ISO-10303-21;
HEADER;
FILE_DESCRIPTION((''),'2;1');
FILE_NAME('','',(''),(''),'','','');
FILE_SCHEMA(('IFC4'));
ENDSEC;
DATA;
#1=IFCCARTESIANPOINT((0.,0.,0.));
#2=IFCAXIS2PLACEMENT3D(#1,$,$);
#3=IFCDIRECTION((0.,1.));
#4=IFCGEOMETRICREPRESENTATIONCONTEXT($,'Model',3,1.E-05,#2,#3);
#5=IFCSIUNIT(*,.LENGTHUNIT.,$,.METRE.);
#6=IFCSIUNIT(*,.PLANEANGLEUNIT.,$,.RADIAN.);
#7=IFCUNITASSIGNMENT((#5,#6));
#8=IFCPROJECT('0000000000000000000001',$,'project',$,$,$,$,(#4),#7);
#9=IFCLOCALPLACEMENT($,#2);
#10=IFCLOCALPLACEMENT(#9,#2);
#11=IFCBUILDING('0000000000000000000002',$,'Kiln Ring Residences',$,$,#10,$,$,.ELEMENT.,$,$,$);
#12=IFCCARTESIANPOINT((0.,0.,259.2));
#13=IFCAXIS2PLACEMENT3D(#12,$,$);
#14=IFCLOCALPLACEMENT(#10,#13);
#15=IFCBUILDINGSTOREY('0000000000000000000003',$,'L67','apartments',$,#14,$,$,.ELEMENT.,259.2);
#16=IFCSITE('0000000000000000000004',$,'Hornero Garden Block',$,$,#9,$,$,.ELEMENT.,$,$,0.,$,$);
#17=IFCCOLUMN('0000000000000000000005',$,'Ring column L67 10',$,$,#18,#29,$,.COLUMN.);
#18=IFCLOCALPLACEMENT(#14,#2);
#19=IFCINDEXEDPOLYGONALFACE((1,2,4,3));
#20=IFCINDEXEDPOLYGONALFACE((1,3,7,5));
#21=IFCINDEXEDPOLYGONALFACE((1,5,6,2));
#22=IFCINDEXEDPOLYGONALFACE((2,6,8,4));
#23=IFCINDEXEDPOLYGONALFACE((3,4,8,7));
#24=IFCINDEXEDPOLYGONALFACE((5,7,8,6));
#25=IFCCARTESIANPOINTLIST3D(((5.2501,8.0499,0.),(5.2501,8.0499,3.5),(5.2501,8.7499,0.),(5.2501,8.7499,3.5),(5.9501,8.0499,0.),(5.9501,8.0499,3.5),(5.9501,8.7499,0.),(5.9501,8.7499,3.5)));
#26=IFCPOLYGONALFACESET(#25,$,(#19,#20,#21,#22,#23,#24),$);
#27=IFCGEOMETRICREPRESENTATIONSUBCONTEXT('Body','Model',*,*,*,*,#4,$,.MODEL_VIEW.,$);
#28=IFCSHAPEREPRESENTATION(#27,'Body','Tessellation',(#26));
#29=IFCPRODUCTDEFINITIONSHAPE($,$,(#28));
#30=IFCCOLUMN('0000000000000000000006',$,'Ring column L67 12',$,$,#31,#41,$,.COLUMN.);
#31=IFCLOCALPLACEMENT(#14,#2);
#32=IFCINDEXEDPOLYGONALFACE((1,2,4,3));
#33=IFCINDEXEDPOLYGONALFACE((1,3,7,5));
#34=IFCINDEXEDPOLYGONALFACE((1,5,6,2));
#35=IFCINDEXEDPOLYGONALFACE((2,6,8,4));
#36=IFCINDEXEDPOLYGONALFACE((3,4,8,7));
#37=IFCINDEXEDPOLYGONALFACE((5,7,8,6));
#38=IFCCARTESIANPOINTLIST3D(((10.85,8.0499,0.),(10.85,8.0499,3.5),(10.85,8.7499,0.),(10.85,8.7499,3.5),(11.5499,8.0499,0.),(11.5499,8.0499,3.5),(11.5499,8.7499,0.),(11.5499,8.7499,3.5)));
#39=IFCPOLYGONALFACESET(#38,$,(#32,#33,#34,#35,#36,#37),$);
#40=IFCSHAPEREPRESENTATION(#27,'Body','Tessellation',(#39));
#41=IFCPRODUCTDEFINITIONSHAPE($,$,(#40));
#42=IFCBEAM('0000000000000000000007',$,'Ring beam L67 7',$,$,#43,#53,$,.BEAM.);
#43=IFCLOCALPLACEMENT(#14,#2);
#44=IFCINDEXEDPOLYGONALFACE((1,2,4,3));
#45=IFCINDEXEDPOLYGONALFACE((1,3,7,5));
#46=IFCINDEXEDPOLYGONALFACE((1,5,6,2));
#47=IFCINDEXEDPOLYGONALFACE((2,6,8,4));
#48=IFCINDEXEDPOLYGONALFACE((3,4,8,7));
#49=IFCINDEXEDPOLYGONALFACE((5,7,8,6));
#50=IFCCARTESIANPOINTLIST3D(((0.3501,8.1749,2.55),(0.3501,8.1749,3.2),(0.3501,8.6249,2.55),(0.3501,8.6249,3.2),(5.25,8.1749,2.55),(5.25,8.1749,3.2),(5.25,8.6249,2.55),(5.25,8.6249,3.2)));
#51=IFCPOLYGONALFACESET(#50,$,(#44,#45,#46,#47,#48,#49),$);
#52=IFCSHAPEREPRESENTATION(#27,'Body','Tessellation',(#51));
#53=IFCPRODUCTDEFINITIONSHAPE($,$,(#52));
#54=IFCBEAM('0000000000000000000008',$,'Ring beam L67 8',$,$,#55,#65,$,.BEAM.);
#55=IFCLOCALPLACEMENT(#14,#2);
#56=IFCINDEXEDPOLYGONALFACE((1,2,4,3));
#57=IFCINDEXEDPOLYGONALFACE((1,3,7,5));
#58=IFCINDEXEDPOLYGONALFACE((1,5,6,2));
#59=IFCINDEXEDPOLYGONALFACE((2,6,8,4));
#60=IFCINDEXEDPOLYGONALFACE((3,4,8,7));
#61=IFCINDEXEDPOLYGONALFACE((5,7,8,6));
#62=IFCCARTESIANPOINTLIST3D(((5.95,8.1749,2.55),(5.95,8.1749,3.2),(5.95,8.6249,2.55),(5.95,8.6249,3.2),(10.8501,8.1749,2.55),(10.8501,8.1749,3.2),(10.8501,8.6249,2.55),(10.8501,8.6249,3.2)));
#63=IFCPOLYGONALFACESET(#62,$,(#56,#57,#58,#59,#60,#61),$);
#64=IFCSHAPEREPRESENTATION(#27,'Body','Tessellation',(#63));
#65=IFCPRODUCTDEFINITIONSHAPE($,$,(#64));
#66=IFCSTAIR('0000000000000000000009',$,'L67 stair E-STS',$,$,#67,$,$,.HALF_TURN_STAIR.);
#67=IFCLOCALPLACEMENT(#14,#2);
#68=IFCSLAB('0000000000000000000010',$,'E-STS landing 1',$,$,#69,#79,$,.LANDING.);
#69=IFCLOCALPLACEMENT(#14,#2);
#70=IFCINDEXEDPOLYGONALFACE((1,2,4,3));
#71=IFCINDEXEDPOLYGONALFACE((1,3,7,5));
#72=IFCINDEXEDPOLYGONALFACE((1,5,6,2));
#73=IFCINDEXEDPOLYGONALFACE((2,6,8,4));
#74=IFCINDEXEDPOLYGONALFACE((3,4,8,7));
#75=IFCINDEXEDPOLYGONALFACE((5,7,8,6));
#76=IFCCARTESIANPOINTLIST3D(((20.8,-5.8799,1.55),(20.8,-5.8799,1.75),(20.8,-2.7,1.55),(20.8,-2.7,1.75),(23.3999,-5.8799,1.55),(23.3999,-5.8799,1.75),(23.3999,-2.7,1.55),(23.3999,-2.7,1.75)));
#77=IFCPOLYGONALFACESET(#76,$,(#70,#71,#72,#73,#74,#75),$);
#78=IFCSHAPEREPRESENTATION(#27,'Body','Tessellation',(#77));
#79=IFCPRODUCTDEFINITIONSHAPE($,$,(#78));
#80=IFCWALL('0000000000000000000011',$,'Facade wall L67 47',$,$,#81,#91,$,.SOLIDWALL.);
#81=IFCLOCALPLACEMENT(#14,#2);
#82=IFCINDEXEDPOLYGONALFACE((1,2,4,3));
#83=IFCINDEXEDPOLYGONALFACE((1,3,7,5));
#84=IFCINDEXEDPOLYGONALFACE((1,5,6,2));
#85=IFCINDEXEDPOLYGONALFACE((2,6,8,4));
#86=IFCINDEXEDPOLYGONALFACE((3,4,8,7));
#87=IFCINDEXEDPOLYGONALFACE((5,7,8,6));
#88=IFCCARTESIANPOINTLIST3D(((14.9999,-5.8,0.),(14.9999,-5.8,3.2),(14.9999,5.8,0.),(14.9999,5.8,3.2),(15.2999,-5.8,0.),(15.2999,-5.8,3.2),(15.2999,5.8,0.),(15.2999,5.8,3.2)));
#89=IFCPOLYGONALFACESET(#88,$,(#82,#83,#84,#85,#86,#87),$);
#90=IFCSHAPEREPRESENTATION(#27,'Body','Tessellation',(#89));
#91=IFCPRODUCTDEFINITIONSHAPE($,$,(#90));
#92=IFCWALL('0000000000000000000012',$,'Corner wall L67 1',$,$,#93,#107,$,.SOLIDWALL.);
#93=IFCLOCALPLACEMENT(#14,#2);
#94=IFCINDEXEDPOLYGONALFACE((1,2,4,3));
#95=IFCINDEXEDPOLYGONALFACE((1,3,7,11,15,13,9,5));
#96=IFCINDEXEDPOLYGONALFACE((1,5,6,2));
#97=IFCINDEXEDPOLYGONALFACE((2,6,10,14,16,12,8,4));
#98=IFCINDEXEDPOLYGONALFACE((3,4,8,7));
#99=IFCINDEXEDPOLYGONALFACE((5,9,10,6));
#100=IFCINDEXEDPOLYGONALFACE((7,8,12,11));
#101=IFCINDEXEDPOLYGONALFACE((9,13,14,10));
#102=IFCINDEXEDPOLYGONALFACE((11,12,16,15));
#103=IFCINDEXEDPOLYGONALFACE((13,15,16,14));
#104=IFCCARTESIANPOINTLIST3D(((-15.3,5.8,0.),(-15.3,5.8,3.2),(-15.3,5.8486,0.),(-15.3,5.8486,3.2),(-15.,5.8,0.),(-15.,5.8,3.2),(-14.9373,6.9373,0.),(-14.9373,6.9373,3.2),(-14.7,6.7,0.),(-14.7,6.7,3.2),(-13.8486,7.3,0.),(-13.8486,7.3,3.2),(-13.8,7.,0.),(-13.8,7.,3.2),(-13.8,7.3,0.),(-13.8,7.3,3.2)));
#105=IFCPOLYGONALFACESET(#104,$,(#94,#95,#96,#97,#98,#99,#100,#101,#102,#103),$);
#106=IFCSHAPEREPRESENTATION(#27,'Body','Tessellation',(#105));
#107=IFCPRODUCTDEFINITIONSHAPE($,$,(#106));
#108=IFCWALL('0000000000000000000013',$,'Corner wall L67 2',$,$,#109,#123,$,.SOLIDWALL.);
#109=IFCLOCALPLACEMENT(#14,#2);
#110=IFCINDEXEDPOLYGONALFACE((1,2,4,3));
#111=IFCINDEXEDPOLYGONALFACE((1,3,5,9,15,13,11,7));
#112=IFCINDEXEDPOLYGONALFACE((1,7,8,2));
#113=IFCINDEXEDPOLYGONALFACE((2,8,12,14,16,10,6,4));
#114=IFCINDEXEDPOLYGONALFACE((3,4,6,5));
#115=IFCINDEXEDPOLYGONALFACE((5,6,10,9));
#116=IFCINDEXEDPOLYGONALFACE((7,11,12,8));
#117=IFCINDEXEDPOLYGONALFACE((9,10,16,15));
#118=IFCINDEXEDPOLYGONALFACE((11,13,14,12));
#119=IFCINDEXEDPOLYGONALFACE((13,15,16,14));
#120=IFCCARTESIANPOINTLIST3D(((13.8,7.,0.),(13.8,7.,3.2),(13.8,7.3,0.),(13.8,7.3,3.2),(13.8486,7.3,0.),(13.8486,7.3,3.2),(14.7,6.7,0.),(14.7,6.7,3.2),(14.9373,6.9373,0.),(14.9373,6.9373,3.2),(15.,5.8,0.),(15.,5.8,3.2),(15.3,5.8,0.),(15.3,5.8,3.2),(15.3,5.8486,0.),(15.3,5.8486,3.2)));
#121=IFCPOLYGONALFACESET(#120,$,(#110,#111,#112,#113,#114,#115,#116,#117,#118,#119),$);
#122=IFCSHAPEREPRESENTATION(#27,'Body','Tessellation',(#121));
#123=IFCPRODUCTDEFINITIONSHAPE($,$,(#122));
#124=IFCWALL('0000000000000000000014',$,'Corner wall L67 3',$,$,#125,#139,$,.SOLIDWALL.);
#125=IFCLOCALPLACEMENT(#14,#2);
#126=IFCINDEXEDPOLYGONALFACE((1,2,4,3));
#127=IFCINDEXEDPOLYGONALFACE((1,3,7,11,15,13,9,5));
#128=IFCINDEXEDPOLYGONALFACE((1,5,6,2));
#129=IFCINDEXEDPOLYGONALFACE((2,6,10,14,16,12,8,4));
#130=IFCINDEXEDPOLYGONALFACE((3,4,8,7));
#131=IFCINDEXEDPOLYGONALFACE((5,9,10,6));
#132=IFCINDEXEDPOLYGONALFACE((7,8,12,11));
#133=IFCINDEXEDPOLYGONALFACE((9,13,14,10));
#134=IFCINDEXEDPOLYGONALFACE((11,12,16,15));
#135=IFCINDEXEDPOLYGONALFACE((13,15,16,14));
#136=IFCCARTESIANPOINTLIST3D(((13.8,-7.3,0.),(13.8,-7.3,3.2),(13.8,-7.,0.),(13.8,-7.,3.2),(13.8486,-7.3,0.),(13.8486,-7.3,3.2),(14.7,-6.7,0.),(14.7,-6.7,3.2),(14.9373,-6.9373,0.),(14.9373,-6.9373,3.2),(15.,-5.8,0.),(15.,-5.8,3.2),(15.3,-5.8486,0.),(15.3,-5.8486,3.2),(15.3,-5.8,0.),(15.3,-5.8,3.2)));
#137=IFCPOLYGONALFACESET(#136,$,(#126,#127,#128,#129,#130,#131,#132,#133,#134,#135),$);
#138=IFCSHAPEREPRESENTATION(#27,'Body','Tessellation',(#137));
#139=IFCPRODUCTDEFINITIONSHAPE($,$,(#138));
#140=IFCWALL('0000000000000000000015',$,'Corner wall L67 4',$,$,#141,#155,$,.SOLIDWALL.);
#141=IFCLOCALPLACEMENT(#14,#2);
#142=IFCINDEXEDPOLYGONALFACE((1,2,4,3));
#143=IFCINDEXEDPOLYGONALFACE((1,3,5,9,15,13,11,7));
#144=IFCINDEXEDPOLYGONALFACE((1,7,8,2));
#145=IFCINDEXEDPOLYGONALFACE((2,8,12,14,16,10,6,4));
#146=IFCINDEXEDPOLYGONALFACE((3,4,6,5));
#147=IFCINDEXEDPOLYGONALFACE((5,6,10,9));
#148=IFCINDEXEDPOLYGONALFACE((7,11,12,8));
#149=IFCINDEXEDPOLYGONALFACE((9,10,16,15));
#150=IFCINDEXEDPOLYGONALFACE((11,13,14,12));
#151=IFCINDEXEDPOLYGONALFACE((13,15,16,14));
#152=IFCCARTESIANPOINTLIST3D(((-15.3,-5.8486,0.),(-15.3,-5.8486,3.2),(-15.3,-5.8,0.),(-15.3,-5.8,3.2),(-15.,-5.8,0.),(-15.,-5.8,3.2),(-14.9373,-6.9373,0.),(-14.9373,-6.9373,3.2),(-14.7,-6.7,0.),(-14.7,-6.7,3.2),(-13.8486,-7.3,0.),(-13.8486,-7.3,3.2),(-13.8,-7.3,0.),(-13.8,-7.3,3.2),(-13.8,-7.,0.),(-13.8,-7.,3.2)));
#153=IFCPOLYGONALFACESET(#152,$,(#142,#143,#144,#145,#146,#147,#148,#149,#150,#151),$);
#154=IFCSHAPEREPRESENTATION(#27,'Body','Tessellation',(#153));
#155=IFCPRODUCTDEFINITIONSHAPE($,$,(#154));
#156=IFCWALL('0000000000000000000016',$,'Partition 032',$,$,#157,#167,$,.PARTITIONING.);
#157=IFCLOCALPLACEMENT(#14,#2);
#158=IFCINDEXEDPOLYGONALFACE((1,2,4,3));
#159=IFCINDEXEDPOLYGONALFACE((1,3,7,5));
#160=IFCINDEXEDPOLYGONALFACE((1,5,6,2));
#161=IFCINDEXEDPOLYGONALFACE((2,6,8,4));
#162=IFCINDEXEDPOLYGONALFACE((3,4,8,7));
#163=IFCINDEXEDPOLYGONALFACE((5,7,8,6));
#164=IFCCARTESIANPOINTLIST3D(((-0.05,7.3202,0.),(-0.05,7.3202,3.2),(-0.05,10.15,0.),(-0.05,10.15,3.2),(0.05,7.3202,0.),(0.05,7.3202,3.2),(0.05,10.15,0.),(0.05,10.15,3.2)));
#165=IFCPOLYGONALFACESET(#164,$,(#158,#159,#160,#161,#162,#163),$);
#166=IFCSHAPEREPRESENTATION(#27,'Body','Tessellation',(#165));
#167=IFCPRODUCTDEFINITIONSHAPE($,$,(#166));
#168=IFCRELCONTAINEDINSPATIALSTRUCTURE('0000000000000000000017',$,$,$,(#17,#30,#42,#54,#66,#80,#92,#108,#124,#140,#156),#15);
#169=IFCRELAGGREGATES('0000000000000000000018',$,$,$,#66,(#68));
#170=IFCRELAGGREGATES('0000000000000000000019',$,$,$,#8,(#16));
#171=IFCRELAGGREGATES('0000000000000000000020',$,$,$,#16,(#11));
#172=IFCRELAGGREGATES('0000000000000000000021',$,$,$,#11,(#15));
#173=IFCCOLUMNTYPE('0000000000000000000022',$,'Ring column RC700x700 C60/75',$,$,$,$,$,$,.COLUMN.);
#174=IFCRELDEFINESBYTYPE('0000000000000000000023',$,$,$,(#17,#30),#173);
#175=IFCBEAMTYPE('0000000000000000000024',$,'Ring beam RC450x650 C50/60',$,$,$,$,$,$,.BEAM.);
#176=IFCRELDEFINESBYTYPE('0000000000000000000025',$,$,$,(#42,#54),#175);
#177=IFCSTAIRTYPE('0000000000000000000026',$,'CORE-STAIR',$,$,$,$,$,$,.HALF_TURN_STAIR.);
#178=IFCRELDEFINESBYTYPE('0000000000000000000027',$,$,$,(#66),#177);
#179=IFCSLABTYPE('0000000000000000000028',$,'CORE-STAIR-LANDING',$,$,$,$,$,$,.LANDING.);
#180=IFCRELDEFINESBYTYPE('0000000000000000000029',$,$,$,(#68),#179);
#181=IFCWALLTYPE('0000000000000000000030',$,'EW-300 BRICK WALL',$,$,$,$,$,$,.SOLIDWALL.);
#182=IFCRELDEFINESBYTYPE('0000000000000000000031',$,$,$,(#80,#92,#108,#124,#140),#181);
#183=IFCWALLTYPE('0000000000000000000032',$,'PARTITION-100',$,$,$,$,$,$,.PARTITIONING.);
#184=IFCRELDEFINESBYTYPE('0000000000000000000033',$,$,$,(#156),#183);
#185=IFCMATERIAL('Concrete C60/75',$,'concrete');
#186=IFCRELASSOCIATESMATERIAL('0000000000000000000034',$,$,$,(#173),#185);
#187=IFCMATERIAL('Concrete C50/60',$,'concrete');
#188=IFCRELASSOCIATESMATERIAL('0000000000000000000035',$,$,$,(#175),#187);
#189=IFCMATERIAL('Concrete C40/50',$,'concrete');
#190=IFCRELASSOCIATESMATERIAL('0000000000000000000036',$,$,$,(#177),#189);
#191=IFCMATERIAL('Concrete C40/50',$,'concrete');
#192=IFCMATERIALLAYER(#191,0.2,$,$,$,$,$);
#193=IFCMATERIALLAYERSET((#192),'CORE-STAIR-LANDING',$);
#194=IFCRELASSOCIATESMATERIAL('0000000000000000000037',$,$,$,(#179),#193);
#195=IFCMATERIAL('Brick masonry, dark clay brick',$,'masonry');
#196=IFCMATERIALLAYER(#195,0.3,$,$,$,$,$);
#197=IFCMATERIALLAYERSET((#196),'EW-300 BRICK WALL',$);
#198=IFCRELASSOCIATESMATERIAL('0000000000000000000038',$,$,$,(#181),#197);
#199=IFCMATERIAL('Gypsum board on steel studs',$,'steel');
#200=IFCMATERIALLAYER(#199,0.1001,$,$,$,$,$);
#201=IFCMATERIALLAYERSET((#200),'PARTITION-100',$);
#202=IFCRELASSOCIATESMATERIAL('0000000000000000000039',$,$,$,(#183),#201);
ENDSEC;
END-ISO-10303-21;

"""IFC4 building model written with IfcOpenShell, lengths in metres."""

from ifc_helpers import new_model, si_unit, direction, frame, frame_2d, origin, origin_2d, place, context, subcontext, project, spatial, polyline, rectangle, outline, extrude, material, layer, layer_set, material_profile, profile_set, type_object, element, aggregate, save


model = new_model("IFC4")

# Units and contexts
model_context = context("Model", 3, precision=1e-05, world=origin(), true_north=direction((0.0, 1.0)))
body_context = subcontext(model_context, "Body", "Model", "MODEL_VIEW")
ifc_project = project(units=[si_unit("LENGTHUNIT", "METRE"), si_unit("PLANEANGLEUNIT", "RADIAN")], contexts=[model_context])

# Site, building, storey
site_placement = place(None, origin())
site = spatial("IfcSite", under=ifc_project, at=site_placement, Name="Hornero Garden Block", CompositionType="ELEMENT", RefElevation=0.0)
building_placement = place(site_placement, origin())
building = spatial("IfcBuilding", under=site, at=building_placement, Name="Kiln Ring Residences", CompositionType="ELEMENT")
storey_placement = place(building_placement, frame((0.0, 0.0, 259.2)))
storey = spatial("IfcBuildingStorey", under=building, at=storey_placement, Name="L67", Description="apartments", CompositionType="ELEMENT", Elevation=259.2)

# Columns
ifc_material_1 = material(Name="Concrete C60/75", Category="concrete")
ifc_material_profile_1 = material_profile(ifc_material_1, rectangle(XDim=0.7, YDim=0.7, at=origin_2d()), Name="RC700x700")
ifc_profile_set_1 = profile_set([ifc_material_profile_1], Name="Concrete C60/75")
column_type = type_object("IfcColumnType", Name="Ring column RC700x700 C60/75", PredefinedType="COLUMN", material=ifc_profile_set_1)
for number, where, z_axis, x_axis, name in (
    (1, (5.6001, 8.3999, 0.0), (0.0, 0.0, 1.0), (1.0, 0.0, 0.0), "Ring column L67 10"),
    (2, (11.2, 8.3999, 0.0), (0.0, 0.0, 1.0), (1.0, 0.0, 0.0), "Ring column L67 12"),
):
    element("IfcColumn", number, at=place(storey_placement, frame(where, z_axis=z_axis, x_axis=x_axis)), inside=storey, type_object=column_type, Name=name, PredefinedType="COLUMN", context=body_context, shape_type="SweptSolid", body=[
        extrude(rectangle(XDim=0.7, YDim=0.7, at=origin_2d()), origin(), (0.0, 0.0, 1.0), 3.5),
    ])

# Beams
ifc_material_2 = material(Name="Concrete C50/60", Category="concrete")
ifc_material_profile_2 = material_profile(ifc_material_2, rectangle(XDim=0.45, YDim=0.6499, at=origin_2d()), Name="RC450x650")
ifc_profile_set_2 = profile_set([ifc_material_profile_2], Name="Concrete C50/60")
beam_type = type_object("IfcBeamType", Name="Ring beam RC450x650 C50/60", PredefinedType="BEAM", material=ifc_profile_set_2)
beam_1_placement = place(storey_placement, frame((0.3501, 8.3999, 2.875), z_axis=(1.0, 0.0, 0.0), x_axis=(0.0, 1.0, 0.0)))
element("IfcBeam", 3, at=beam_1_placement, inside=storey, type_object=beam_type, Name="Ring beam L67 7", PredefinedType="BEAM", context=body_context, shape_type="SweptSolid", body=[
    extrude(rectangle(XDim=0.45, YDim=0.6499, at=origin_2d()), origin(), (0.0, 0.0, 1.0), 4.8999),
])
beam_2_placement = place(storey_placement, frame((5.95, 8.3999, 2.875), z_axis=(1.0, 0.0, 0.0), x_axis=(0.0, 1.0, 0.0)))
element("IfcBeam", 4, at=beam_2_placement, inside=storey, type_object=beam_type, Name="Ring beam L67 8", PredefinedType="BEAM", context=body_context, shape_type="SweptSolid", body=[
    extrude(rectangle(XDim=0.45, YDim=0.6499, at=origin_2d()), origin(), (0.0, 0.0, 1.0), 4.9001),
])

# Stair, slab
ifc_material_3 = material(Name="Concrete C40/50", Category="concrete")
stair_type = type_object("IfcStairType", Name="CORE-STAIR", PredefinedType="HALF_TURN_STAIR", material=ifc_material_3)
placement = place(storey_placement, origin())
stair = element("IfcStair", 5, at=placement, inside=storey, type_object=stair_type, Name="L67 stair E-STS", PredefinedType="HALF_TURN_STAIR")
ifc_material_4 = material(Name="Concrete C40/50", Category="concrete")
ifc_layer_1 = layer(ifc_material_4, 0.2)
ifc_layer_set_1 = layer_set([ifc_layer_1], Name="CORE-STAIR-LANDING")
slab_type = type_object("IfcSlabType", Name="CORE-STAIR-LANDING", PredefinedType="LANDING", material=ifc_layer_set_1)
slab_placement = place(storey_placement, frame((0.0, 0.0, 1.55)))
slab = element("IfcSlab", 6, at=slab_placement, type_object=slab_type, Name="E-STS landing 1", PredefinedType="LANDING", context=body_context, shape_type="SweptSolid", body=[
    extrude(outline(polyline([(23.3999, -5.8799), (23.3999, -2.7), (20.8, -2.7), (20.8, -5.8799), (23.3999, -5.8799)])), origin(), (0.0, 0.0, 1.0), 0.2),
])
aggregate(stair, [slab])

# Walls
ifc_material_5 = material(Name="Brick masonry, dark clay brick", Category="masonry")
ifc_layer_2 = layer(ifc_material_5, 0.3)
ifc_layer_set_2 = layer_set([ifc_layer_2], Name="EW-300 BRICK WALL")
wall_type_1 = type_object("IfcWallType", Name="EW-300 BRICK WALL", PredefinedType="SOLIDWALL", material=ifc_layer_set_2)
wall_1_placement = place(storey_placement, frame((15.1499, 5.8, 0.0), z_axis=(0.0, 0.0, 1.0), x_axis=(0.0, -1.0, 0.0)))
element("IfcWall", 7, at=wall_1_placement, inside=storey, type_object=wall_type_1, Name="Facade wall L67 47", PredefinedType="SOLIDWALL", context=body_context, shape_type="SweptSolid", body=[
    extrude(rectangle(XDim=11.6001, YDim=0.3, at=frame_2d((5.8, 0.0))), origin(), (0.0, 0.0, 1.0), 3.2),
])
element("IfcWall", 8, at=placement, inside=storey, type_object=wall_type_1, Name="Corner wall L67 1", PredefinedType="SOLIDWALL", context=body_context, shape_type="SweptSolid", body=[
    extrude(outline(polyline([(-13.8486, 7.3), (-14.9373, 6.9373), (-15.3, 5.8486), (-15.3, 5.8), (-15.0, 5.8), (-14.7, 6.7), (-13.8, 7.0), (-13.8, 7.3), (-13.8486, 7.3)])), origin(), (0.0, 0.0, 1.0), 3.2),
])
element("IfcWall", 9, at=placement, inside=storey, type_object=wall_type_1, Name="Corner wall L67 2", PredefinedType="SOLIDWALL", context=body_context, shape_type="SweptSolid", body=[
    extrude(outline(polyline([(14.9373, 6.9373), (13.8486, 7.3), (13.8, 7.3), (13.8, 7.0), (14.7, 6.7), (15.0, 5.8), (15.3, 5.8), (15.3, 5.8486), (14.9373, 6.9373)])), origin(), (0.0, 0.0, 1.0), 3.2),
])
element("IfcWall", 10, at=placement, inside=storey, type_object=wall_type_1, Name="Corner wall L67 3", PredefinedType="SOLIDWALL", context=body_context, shape_type="SweptSolid", body=[
    extrude(outline(polyline([(14.9373, -6.9373), (15.3, -5.8486), (15.3, -5.8), (15.0, -5.8), (14.7, -6.7), (13.8, -7.0), (13.8, -7.3), (13.8486, -7.3), (14.9373, -6.9373)])), origin(), (0.0, 0.0, 1.0), 3.2),
])
element("IfcWall", 11, at=placement, inside=storey, type_object=wall_type_1, Name="Corner wall L67 4", PredefinedType="SOLIDWALL", context=body_context, shape_type="SweptSolid", body=[
    extrude(outline(polyline([(-14.9373, -6.9373), (-13.8486, -7.3), (-13.8, -7.3), (-13.8, -7.0), (-14.7, -6.7), (-15.0, -5.8), (-15.3, -5.8), (-15.3, -5.8486), (-14.9373, -6.9373)])), origin(), (0.0, 0.0, 1.0), 3.2),
])
ifc_material_6 = material(Name="Gypsum board on steel studs", Category="steel")
ifc_layer_3 = layer(ifc_material_6, 0.1001)
ifc_layer_set_3 = layer_set([ifc_layer_3], Name="PARTITION-100")
wall_type_2 = type_object("IfcWallType", Name="PARTITION-100", PredefinedType="PARTITIONING", material=ifc_layer_set_3)
wall_2_placement = place(storey_placement, frame((0.0, 7.3201, 0.0), z_axis=(0.0, 0.0, 1.0), x_axis=(0.0, 1.0, 0.0)))
element("IfcWall", 12, at=wall_2_placement, inside=storey, type_object=wall_type_2, Name="Partition 032", PredefinedType="PARTITIONING", context=body_context, shape_type="SweptSolid", body=[
    extrude(rectangle(XDim=2.8298, YDim=0.1001, at=frame_2d((1.415, 0.0))), origin(), (0.0, 0.0, 1.0), 3.2),
])

save(model, "model.ifc")
